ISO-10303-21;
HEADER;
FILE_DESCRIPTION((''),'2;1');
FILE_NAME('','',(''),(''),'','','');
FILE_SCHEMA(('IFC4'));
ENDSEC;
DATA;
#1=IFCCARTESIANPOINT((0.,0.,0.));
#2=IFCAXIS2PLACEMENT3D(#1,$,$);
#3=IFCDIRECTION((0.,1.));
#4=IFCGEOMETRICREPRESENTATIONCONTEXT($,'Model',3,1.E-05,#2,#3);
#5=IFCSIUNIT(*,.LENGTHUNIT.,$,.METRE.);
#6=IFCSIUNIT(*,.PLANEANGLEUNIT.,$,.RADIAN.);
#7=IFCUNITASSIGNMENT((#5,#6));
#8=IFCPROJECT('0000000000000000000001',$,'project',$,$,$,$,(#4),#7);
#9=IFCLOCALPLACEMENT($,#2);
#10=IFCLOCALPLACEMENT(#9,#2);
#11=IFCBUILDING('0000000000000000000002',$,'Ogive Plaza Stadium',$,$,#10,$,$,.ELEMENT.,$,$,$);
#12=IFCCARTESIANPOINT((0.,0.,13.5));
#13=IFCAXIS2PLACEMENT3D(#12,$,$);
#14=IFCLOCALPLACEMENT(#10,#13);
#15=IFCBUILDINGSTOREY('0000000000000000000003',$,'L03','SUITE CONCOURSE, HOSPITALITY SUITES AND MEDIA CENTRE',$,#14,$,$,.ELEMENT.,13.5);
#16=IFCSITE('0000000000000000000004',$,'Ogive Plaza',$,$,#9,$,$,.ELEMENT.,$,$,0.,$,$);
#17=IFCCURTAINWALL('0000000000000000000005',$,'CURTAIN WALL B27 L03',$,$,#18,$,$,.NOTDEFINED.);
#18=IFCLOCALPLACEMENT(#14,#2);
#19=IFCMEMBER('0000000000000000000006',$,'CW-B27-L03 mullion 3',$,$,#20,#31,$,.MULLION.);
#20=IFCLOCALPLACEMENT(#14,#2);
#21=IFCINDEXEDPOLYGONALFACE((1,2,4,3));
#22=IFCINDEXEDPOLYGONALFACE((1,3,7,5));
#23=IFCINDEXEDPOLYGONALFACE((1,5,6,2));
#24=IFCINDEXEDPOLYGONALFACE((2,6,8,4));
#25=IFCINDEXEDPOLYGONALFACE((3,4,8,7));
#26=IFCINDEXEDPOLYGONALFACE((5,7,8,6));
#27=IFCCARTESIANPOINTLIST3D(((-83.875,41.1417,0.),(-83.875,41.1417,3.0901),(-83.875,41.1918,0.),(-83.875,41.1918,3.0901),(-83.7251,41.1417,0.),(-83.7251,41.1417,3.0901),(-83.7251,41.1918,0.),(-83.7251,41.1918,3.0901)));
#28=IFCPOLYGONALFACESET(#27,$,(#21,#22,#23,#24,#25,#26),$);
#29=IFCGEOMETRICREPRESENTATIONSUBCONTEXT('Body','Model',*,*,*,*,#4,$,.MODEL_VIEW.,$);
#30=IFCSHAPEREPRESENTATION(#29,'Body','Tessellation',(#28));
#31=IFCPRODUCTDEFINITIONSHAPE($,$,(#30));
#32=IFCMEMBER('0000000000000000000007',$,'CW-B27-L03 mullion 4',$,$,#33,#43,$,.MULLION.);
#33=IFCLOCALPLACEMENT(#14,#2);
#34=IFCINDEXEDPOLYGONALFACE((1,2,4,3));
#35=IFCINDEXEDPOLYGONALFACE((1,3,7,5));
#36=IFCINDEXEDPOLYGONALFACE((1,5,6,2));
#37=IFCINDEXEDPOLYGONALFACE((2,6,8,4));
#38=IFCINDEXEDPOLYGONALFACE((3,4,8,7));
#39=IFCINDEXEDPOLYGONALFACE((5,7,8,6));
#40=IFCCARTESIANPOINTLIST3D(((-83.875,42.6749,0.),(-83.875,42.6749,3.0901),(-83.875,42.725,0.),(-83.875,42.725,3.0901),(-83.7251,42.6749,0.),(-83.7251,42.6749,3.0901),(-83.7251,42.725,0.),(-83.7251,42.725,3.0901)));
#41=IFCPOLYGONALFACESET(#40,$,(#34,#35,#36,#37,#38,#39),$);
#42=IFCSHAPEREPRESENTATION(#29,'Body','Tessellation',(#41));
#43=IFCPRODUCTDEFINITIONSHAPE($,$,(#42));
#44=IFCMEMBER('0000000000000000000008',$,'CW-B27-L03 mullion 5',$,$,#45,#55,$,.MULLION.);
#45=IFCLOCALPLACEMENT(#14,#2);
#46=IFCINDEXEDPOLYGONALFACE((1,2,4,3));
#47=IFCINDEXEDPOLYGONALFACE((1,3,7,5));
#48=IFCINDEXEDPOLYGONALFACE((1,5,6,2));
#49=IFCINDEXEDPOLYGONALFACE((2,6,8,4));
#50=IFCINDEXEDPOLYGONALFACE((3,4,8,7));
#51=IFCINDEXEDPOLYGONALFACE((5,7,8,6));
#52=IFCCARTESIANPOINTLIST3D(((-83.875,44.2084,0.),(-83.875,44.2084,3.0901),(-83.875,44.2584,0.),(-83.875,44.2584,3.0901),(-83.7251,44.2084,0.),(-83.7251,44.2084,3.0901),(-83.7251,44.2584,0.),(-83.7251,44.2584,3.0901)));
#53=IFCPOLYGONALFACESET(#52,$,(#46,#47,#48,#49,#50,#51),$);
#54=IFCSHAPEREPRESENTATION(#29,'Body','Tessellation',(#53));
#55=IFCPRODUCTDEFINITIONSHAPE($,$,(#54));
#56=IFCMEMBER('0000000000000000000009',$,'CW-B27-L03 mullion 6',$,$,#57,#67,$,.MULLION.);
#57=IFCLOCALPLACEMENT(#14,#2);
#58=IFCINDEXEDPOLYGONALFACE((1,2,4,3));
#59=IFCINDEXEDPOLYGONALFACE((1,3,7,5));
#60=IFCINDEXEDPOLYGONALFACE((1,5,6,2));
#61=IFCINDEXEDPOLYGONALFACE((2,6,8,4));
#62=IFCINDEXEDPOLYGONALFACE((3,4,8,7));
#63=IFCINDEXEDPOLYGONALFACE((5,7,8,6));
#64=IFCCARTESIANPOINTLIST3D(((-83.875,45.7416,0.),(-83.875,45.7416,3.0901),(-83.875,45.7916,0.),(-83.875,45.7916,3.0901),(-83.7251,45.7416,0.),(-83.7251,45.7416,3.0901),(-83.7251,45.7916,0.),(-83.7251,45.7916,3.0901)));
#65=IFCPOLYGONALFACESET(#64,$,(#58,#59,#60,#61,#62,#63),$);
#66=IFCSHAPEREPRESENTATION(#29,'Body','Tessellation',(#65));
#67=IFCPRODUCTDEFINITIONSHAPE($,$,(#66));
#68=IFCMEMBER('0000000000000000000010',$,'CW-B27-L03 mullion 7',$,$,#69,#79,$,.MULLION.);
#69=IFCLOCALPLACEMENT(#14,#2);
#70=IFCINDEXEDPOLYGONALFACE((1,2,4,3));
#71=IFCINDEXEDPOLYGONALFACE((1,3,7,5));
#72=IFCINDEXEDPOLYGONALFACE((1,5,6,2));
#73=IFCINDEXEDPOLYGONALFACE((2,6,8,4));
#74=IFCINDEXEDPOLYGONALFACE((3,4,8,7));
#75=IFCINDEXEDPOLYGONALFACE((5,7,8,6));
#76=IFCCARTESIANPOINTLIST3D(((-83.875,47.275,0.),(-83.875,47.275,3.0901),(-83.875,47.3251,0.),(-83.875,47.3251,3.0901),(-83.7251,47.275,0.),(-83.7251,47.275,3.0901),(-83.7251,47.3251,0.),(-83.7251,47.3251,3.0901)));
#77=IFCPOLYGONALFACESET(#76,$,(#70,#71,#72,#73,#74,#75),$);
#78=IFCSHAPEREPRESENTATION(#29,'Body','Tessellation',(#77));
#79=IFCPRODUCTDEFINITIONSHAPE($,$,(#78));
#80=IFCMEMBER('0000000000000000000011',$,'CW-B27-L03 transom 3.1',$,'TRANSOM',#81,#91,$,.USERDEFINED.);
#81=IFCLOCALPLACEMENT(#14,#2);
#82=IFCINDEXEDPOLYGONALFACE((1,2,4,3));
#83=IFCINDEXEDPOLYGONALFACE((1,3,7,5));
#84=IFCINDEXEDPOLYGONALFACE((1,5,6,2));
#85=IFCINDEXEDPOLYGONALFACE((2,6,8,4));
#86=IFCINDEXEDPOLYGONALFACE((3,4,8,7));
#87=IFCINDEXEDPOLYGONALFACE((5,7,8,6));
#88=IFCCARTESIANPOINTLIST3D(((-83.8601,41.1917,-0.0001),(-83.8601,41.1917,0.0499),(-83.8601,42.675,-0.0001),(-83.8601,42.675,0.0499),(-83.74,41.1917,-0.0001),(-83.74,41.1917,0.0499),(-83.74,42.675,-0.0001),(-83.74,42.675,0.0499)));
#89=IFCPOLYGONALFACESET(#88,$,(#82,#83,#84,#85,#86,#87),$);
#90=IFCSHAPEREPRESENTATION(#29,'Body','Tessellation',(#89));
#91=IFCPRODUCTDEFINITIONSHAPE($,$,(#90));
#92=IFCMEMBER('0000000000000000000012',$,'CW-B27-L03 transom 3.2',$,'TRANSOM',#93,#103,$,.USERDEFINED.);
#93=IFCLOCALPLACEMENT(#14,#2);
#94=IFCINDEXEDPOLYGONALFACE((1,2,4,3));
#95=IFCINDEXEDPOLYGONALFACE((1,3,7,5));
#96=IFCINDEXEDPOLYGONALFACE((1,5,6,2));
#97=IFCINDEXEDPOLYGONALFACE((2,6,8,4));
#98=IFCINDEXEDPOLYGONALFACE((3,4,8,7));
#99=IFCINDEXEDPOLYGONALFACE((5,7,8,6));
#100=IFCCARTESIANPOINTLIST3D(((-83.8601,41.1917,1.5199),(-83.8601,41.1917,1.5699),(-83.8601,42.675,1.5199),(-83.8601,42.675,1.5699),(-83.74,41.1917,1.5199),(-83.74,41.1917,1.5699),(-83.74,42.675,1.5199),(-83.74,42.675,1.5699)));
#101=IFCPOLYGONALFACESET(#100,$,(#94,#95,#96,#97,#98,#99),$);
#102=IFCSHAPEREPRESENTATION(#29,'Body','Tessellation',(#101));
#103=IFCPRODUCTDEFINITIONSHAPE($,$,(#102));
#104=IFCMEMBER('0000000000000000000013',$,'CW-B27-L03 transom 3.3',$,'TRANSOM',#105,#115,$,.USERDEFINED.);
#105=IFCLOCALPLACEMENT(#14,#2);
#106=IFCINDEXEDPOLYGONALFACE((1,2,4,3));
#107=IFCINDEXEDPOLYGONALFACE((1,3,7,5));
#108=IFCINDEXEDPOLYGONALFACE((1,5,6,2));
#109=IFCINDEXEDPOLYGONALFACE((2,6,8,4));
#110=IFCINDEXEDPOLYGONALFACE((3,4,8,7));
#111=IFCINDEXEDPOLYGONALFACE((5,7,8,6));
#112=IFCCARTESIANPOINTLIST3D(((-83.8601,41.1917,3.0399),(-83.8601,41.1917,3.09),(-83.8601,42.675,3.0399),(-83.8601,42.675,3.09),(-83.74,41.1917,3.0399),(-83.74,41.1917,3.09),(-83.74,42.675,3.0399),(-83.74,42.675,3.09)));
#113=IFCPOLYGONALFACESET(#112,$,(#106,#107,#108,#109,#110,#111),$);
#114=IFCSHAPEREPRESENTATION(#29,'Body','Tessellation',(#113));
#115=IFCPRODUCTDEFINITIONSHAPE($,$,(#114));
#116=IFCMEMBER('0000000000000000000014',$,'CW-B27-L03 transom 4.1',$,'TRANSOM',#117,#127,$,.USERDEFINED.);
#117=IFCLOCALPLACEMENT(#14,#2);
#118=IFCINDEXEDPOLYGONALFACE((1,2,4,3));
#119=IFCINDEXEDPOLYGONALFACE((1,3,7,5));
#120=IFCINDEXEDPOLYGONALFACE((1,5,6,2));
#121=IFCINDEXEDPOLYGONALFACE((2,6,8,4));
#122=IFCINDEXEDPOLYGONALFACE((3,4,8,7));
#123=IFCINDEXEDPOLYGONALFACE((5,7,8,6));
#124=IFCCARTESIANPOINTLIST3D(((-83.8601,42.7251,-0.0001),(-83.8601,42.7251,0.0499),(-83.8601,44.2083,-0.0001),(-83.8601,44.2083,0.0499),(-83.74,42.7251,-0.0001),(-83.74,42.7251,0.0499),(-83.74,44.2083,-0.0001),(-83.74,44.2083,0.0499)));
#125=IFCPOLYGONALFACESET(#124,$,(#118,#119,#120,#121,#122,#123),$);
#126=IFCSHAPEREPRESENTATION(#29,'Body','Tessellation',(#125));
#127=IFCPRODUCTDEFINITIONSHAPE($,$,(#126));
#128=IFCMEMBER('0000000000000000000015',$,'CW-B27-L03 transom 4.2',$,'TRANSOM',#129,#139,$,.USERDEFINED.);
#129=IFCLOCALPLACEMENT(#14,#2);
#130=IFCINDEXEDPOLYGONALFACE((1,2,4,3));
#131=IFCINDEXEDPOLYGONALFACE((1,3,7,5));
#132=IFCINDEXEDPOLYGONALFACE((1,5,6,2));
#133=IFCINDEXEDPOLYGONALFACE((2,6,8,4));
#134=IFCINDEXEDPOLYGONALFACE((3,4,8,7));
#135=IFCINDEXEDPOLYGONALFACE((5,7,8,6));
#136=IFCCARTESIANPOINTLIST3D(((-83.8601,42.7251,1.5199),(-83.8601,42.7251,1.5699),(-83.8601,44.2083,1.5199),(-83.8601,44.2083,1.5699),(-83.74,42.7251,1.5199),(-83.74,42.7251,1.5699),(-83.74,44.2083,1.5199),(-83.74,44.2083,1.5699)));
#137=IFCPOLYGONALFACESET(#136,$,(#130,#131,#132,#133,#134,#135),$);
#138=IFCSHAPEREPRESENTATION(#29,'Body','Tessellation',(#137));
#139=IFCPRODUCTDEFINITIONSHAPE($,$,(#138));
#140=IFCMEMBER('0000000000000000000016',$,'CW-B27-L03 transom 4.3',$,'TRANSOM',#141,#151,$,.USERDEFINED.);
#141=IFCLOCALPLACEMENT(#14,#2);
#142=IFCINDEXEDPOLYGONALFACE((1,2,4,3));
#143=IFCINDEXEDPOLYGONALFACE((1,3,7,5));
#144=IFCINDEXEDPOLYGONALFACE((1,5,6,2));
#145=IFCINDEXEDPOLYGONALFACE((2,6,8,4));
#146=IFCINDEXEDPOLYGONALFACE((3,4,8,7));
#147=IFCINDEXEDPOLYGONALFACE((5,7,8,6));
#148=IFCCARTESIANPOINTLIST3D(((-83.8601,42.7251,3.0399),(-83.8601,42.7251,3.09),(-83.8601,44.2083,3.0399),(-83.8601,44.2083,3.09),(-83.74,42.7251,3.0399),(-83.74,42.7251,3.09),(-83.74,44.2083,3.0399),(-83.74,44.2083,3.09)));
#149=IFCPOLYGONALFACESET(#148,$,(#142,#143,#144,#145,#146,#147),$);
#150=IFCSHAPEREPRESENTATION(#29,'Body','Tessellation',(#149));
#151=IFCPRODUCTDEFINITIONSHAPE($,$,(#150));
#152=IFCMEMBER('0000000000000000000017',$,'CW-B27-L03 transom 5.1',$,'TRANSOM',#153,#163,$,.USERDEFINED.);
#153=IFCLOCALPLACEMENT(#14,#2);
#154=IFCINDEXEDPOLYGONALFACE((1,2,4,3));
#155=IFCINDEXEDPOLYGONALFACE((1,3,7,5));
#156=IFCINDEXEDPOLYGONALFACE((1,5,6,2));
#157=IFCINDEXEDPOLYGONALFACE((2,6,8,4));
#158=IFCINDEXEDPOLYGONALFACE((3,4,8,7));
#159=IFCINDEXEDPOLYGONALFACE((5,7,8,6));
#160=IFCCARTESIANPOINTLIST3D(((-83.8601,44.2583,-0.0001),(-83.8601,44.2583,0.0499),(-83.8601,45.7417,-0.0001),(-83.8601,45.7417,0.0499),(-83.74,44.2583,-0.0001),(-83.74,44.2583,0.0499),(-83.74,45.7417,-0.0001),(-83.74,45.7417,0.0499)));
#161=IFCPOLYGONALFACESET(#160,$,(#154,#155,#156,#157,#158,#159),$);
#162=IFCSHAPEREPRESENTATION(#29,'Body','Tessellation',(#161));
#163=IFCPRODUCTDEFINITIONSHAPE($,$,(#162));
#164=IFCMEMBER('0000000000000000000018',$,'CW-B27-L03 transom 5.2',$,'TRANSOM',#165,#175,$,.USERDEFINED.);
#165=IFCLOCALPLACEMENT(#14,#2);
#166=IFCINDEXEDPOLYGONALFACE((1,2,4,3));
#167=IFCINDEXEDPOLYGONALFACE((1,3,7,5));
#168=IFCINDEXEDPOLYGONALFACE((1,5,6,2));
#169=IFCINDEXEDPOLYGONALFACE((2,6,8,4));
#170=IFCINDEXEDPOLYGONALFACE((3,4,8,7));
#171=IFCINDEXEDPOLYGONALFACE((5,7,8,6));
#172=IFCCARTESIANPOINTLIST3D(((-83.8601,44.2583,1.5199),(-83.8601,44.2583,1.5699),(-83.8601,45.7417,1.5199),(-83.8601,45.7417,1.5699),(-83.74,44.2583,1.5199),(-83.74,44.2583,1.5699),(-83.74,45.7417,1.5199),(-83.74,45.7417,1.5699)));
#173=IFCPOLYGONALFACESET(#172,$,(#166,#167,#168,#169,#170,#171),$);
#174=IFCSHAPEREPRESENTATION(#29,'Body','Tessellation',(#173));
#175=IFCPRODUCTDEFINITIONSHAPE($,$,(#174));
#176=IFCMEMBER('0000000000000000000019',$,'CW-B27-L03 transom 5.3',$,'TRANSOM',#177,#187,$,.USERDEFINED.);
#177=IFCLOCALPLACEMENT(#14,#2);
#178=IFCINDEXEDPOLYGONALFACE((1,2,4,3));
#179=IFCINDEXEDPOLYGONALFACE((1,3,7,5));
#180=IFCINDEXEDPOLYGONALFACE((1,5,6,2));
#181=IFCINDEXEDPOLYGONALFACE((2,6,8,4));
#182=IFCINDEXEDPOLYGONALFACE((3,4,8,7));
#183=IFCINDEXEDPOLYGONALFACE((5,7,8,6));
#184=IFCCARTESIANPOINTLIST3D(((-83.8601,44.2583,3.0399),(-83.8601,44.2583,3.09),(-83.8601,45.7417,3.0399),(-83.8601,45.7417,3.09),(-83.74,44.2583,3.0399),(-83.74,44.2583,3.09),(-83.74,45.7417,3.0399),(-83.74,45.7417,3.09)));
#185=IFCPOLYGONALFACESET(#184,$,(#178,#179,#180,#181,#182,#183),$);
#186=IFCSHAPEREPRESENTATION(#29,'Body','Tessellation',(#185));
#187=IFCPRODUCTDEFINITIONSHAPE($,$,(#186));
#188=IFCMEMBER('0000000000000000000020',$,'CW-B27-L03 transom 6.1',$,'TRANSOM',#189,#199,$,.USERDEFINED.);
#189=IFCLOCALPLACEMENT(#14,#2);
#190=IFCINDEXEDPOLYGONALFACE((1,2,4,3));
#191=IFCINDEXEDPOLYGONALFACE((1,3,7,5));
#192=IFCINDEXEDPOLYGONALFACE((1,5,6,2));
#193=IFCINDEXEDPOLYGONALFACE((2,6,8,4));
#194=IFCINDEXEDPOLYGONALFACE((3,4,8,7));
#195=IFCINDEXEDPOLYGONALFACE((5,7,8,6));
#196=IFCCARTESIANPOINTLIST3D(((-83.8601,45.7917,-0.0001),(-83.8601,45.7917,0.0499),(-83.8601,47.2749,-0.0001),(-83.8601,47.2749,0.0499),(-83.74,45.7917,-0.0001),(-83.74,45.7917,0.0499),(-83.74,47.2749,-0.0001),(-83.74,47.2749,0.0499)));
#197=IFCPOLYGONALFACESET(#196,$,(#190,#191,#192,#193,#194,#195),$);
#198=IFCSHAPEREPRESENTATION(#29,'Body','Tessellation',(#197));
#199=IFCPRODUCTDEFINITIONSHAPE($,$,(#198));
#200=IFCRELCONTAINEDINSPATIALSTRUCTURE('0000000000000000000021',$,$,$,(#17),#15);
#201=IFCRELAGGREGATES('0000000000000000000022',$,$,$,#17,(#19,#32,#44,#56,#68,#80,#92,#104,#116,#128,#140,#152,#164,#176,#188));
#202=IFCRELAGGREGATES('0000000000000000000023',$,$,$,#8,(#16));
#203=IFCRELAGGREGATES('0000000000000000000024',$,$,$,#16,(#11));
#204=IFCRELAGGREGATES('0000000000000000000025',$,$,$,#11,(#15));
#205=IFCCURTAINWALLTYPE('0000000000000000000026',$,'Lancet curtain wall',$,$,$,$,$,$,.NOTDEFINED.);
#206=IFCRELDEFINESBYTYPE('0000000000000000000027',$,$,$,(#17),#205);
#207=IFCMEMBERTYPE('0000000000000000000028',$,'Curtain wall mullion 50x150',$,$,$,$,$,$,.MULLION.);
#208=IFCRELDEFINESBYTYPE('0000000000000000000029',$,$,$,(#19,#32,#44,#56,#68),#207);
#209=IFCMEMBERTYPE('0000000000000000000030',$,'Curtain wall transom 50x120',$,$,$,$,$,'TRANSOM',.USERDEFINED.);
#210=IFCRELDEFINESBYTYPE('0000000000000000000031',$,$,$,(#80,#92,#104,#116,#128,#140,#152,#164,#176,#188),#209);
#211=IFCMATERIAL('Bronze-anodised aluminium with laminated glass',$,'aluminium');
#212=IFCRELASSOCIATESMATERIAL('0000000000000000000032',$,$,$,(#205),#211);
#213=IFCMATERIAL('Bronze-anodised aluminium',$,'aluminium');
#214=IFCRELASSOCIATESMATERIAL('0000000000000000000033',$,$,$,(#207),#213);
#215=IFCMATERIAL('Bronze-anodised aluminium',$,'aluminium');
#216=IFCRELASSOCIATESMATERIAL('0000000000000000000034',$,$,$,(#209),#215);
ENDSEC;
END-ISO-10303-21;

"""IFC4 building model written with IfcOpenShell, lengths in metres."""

from ifc_helpers import new_model, si_unit, direction, frame, origin, origin_2d, place, context, subcontext, project, spatial, rectangle, extrude, material, material_profile, profile_set, type_object, element, aggregate, save


model = new_model("IFC4")

# Units and contexts
model_context = context("Model", 3, precision=1e-05, world=origin(), true_north=direction((0.0, 1.0)))
body_context = subcontext(model_context, "Body", "Model", "MODEL_VIEW")
ifc_project = project(units=[si_unit("LENGTHUNIT", "METRE"), si_unit("PLANEANGLEUNIT", "RADIAN")], contexts=[model_context])

# Site, building, storey
site_placement = place(None, origin())
site = spatial("IfcSite", under=ifc_project, at=site_placement, Name="Ogive Plaza", CompositionType="ELEMENT", RefElevation=0.0)
building_placement = place(site_placement, origin())
building = spatial("IfcBuilding", under=site, at=building_placement, Name="Ogive Plaza Stadium", CompositionType="ELEMENT")
storey_placement = place(building_placement, frame((0.0, 0.0, 13.5)))
storey = spatial("IfcBuildingStorey", under=building, at=storey_placement, Name="L03", Description="SUITE CONCOURSE, HOSPITALITY SUITES AND MEDIA CENTRE", CompositionType="ELEMENT", Elevation=13.5)

# Curtain wall, members
ifc_material_1 = material(Name="Bronze-anodised aluminium with laminated glass", Category="aluminium")
curtain_wall_type = type_object("IfcCurtainWallType", Name="Lancet curtain wall", PredefinedType="NOTDEFINED", material=ifc_material_1)
curtain_wall_placement = place(storey_placement, origin())
curtain_wall = element("IfcCurtainWall", 1, at=curtain_wall_placement, inside=storey, type_object=curtain_wall_type, Name="CURTAIN WALL B27 L03", PredefinedType="NOTDEFINED")
ifc_material_2 = material(Name="Bronze-anodised aluminium", Category="aluminium")
ifc_material_profile_1 = material_profile(ifc_material_2, rectangle(XDim=0.1499, YDim=0.05, at=origin_2d()), Name="AL 150x50")
ifc_profile_set_1 = profile_set([ifc_material_profile_1], Name="Bronze-anodised aluminium")
member_type_1 = type_object("IfcMemberType", Name="Curtain wall mullion 50x150", PredefinedType="MULLION", material=ifc_profile_set_1)
member_1_placement = place(storey_placement, frame((-83.8, 41.1667, 0.0), z_axis=(0.0, 0.0, 1.0), x_axis=(-1.0, 0.0, 0.0)))
member_1 = element("IfcMember", 2, at=member_1_placement, type_object=member_type_1, Name="CW-B27-L03 mullion 3", PredefinedType="MULLION", context=body_context, shape_type="SweptSolid", body=[
    extrude(rectangle(XDim=0.1499, YDim=0.05, at=origin_2d()), origin(), (0.0, 0.0, 1.0), 3.0901),
])
member_2_placement = place(storey_placement, frame((-83.8, 42.7, 0.0), z_axis=(0.0, 0.0, 1.0), x_axis=(-1.0, 0.0, 0.0)))
member_2 = element("IfcMember", 3, at=member_2_placement, type_object=member_type_1, Name="CW-B27-L03 mullion 4", PredefinedType="MULLION", context=body_context, shape_type="SweptSolid", body=[
    extrude(rectangle(XDim=0.1499, YDim=0.05, at=origin_2d()), origin(), (0.0, 0.0, 1.0), 3.0901),
])
member_3_placement = place(storey_placement, frame((-83.8, 44.2334, 0.0), z_axis=(0.0, 0.0, 1.0), x_axis=(-1.0, 0.0, 0.0)))
member_3 = element("IfcMember", 4, at=member_3_placement, type_object=member_type_1, Name="CW-B27-L03 mullion 5", PredefinedType="MULLION", context=body_context, shape_type="SweptSolid", body=[
    extrude(rectangle(XDim=0.1499, YDim=0.05, at=origin_2d()), origin(), (0.0, 0.0, 1.0), 3.0901),
])
member_4_placement = place(storey_placement, frame((-83.8, 45.7666, 0.0), z_axis=(0.0, 0.0, 1.0), x_axis=(-1.0, 0.0, 0.0)))
member_4 = element("IfcMember", 5, at=member_4_placement, type_object=member_type_1, Name="CW-B27-L03 mullion 6", PredefinedType="MULLION", context=body_context, shape_type="SweptSolid", body=[
    extrude(rectangle(XDim=0.1499, YDim=0.05, at=origin_2d()), origin(), (0.0, 0.0, 1.0), 3.0901),
])
member_5_placement = place(storey_placement, frame((-83.8, 47.3, 0.0), z_axis=(0.0, 0.0, 1.0), x_axis=(-1.0, 0.0, 0.0)))
member_5 = element("IfcMember", 6, at=member_5_placement, type_object=member_type_1, Name="CW-B27-L03 mullion 7", PredefinedType="MULLION", context=body_context, shape_type="SweptSolid", body=[
    extrude(rectangle(XDim=0.1499, YDim=0.05, at=origin_2d()), origin(), (0.0, 0.0, 1.0), 3.0901),
])
ifc_material_3 = material(Name="Bronze-anodised aluminium", Category="aluminium")
ifc_material_profile_2 = material_profile(ifc_material_3, rectangle(XDim=0.1201, YDim=0.05, at=origin_2d()), Name="AL 120x50")
ifc_profile_set_2 = profile_set([ifc_material_profile_2], Name="Bronze-anodised aluminium")
member_type_2 = type_object("IfcMemberType", Name="Curtain wall transom 50x120", ElementType="TRANSOM", PredefinedType="USERDEFINED", material=ifc_profile_set_2)
member_6_placement = place(storey_placement, frame((-83.8, 41.1917, 0.0249), z_axis=(0.0, 1.0, 0.0), x_axis=(-1.0, 0.0, 0.0)))
member_6 = element("IfcMember", 7, at=member_6_placement, type_object=member_type_2, Name="CW-B27-L03 transom 3.1", ObjectType="TRANSOM", PredefinedType="USERDEFINED", context=body_context, shape_type="SweptSolid", body=[
    extrude(rectangle(XDim=0.1201, YDim=0.05, at=origin_2d()), origin(), (0.0, 0.0, 1.0), 1.4834),
])
member_7_placement = place(storey_placement, frame((-83.8, 41.1917, 1.5449), z_axis=(0.0, 1.0, 0.0), x_axis=(-1.0, 0.0, 0.0)))
member_7 = element("IfcMember", 8, at=member_7_placement, type_object=member_type_2, Name="CW-B27-L03 transom 3.2", ObjectType="TRANSOM", PredefinedType="USERDEFINED", context=body_context, shape_type="SweptSolid", body=[
    extrude(rectangle(XDim=0.1201, YDim=0.05, at=origin_2d()), origin(), (0.0, 0.0, 1.0), 1.4834),
])
member_8_placement = place(storey_placement, frame((-83.8, 41.1917, 3.0649), z_axis=(0.0, 1.0, 0.0), x_axis=(-1.0, 0.0, 0.0)))
member_8 = element("IfcMember", 9, at=member_8_placement, type_object=member_type_2, Name="CW-B27-L03 transom 3.3", ObjectType="TRANSOM", PredefinedType="USERDEFINED", context=body_context, shape_type="SweptSolid", body=[
    extrude(rectangle(XDim=0.1201, YDim=0.05, at=origin_2d()), origin(), (0.0, 0.0, 1.0), 1.4834),
])
member_9_placement = place(storey_placement, frame((-83.8, 42.7251, 0.0249), z_axis=(0.0, 1.0, 0.0), x_axis=(-1.0, 0.0, 0.0)))
member_9 = element("IfcMember", 10, at=member_9_placement, type_object=member_type_2, Name="CW-B27-L03 transom 4.1", ObjectType="TRANSOM", PredefinedType="USERDEFINED", context=body_context, shape_type="SweptSolid", body=[
    extrude(rectangle(XDim=0.1201, YDim=0.05, at=origin_2d()), origin(), (0.0, 0.0, 1.0), 1.4832),
])
member_10_placement = place(storey_placement, frame((-83.8, 42.7251, 1.5449), z_axis=(0.0, 1.0, 0.0), x_axis=(-1.0, 0.0, 0.0)))
member_10 = element("IfcMember", 11, at=member_10_placement, type_object=member_type_2, Name="CW-B27-L03 transom 4.2", ObjectType="TRANSOM", PredefinedType="USERDEFINED", context=body_context, shape_type="SweptSolid", body=[
    extrude(rectangle(XDim=0.1201, YDim=0.05, at=origin_2d()), origin(), (0.0, 0.0, 1.0), 1.4832),
])
member_11_placement = place(storey_placement, frame((-83.8, 42.7251, 3.0649), z_axis=(0.0, 1.0, 0.0), x_axis=(-1.0, 0.0, 0.0)))
member_11 = element("IfcMember", 12, at=member_11_placement, type_object=member_type_2, Name="CW-B27-L03 transom 4.3", ObjectType="TRANSOM", PredefinedType="USERDEFINED", context=body_context, shape_type="SweptSolid", body=[
    extrude(rectangle(XDim=0.1201, YDim=0.05, at=origin_2d()), origin(), (0.0, 0.0, 1.0), 1.4832),
])
member_12_placement = place(storey_placement, frame((-83.8, 44.2583, 0.0249), z_axis=(0.0, 1.0, 0.0), x_axis=(-1.0, 0.0, 0.0)))
member_12 = element("IfcMember", 13, at=member_12_placement, type_object=member_type_2, Name="CW-B27-L03 transom 5.1", ObjectType="TRANSOM", PredefinedType="USERDEFINED", context=body_context, shape_type="SweptSolid", body=[
    extrude(rectangle(XDim=0.1201, YDim=0.05, at=origin_2d()), origin(), (0.0, 0.0, 1.0), 1.4834),
])
member_13_placement = place(storey_placement, frame((-83.8, 44.2583, 1.5449), z_axis=(0.0, 1.0, 0.0), x_axis=(-1.0, 0.0, 0.0)))
member_13 = element("IfcMember", 14, at=member_13_placement, type_object=member_type_2, Name="CW-B27-L03 transom 5.2", ObjectType="TRANSOM", PredefinedType="USERDEFINED", context=body_context, shape_type="SweptSolid", body=[
    extrude(rectangle(XDim=0.1201, YDim=0.05, at=origin_2d()), origin(), (0.0, 0.0, 1.0), 1.4834),
])
member_14_placement = place(storey_placement, frame((-83.8, 44.2583, 3.0649), z_axis=(0.0, 1.0, 0.0), x_axis=(-1.0, 0.0, 0.0)))
member_14 = element("IfcMember", 15, at=member_14_placement, type_object=member_type_2, Name="CW-B27-L03 transom 5.3", ObjectType="TRANSOM", PredefinedType="USERDEFINED", context=body_context, shape_type="SweptSolid", body=[
    extrude(rectangle(XDim=0.1201, YDim=0.05, at=origin_2d()), origin(), (0.0, 0.0, 1.0), 1.4834),
])
member_15_placement = place(storey_placement, frame((-83.8, 45.7917, 0.0249), z_axis=(0.0, 1.0, 0.0), x_axis=(-1.0, 0.0, 0.0)))
member_15 = element("IfcMember", 16, at=member_15_placement, type_object=member_type_2, Name="CW-B27-L03 transom 6.1", ObjectType="TRANSOM", PredefinedType="USERDEFINED", context=body_context, shape_type="SweptSolid", body=[
    extrude(rectangle(XDim=0.1201, YDim=0.05, at=origin_2d()), origin(), (0.0, 0.0, 1.0), 1.4832),
])
aggregate(curtain_wall, [member_1, member_2, member_3, member_4, member_5, member_6, member_7, member_8, member_9, member_10, member_11, member_12, member_13, member_14, member_15])

save(model, "model.ifc")
